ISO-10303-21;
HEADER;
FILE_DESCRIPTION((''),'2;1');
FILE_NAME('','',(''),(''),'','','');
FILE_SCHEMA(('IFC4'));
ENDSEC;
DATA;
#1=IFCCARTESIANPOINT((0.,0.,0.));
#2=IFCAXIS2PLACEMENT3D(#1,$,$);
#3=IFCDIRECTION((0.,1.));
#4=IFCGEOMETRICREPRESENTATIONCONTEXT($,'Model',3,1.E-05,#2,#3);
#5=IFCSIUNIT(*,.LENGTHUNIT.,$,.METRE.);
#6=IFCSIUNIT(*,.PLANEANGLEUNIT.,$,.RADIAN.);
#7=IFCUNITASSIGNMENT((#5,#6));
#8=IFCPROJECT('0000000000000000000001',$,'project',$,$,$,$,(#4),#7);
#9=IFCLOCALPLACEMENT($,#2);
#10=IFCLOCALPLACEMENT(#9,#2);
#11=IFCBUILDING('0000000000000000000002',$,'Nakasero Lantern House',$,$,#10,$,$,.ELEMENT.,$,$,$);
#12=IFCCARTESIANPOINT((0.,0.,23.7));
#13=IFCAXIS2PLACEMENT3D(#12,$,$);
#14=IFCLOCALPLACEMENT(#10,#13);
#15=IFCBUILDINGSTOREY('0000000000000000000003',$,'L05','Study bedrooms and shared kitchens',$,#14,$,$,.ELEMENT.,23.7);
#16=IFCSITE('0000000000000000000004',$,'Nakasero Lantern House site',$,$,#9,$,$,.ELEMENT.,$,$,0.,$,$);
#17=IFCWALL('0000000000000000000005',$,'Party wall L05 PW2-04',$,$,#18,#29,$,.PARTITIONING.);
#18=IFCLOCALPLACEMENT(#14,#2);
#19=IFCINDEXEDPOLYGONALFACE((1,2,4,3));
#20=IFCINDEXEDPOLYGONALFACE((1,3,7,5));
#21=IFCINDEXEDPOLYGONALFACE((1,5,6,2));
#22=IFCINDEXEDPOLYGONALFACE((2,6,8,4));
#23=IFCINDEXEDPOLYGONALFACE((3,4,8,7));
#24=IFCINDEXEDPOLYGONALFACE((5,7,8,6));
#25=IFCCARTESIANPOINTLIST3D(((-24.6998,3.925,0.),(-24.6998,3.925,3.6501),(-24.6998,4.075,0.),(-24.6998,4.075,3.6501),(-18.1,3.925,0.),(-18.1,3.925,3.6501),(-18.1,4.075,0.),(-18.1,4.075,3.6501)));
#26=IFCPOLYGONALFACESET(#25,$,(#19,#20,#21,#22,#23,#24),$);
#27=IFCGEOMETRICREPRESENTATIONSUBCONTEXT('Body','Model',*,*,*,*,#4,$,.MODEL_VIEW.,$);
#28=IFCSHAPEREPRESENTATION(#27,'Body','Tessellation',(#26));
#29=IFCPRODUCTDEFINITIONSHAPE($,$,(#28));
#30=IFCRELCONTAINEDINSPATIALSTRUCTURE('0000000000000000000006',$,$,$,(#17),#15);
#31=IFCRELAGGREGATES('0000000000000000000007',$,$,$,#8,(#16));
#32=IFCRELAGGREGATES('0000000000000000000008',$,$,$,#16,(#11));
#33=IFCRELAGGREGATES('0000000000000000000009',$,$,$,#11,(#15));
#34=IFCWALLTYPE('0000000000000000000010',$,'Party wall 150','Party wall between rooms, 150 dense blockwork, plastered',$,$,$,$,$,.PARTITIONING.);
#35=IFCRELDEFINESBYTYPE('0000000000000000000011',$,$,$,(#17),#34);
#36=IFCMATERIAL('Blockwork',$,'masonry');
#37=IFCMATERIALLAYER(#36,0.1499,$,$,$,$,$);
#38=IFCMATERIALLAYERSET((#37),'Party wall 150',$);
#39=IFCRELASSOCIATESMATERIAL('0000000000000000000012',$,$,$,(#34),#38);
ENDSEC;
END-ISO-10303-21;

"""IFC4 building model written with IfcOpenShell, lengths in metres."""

from ifc_helpers import new_model, si_unit, direction, frame, frame_2d, origin, place, context, subcontext, project, spatial, rectangle, extrude, material, layer, layer_set, type_object, element, save


model = new_model("IFC4")

# Units and contexts
model_context = context("Model", 3, precision=1e-05, world=origin(), true_north=direction((0.0, 1.0)))
body_context = subcontext(model_context, "Body", "Model", "MODEL_VIEW")
ifc_project = project(units=[si_unit("LENGTHUNIT", "METRE"), si_unit("PLANEANGLEUNIT", "RADIAN")], contexts=[model_context])

# Site, building, storey
site_placement = place(None, origin())
site = spatial("IfcSite", under=ifc_project, at=site_placement, Name="Nakasero Lantern House site", CompositionType="ELEMENT", RefElevation=0.0)
building_placement = place(site_placement, origin())
building = spatial("IfcBuilding", under=site, at=building_placement, Name="Nakasero Lantern House", CompositionType="ELEMENT")
storey_placement = place(building_placement, frame((0.0, 0.0, 23.7)))
storey = spatial("IfcBuildingStorey", under=building, at=storey_placement, Name="L05", Description="Study bedrooms and shared kitchens", CompositionType="ELEMENT", Elevation=23.7)

# Wall
ifc_material_1 = material(Name="Blockwork", Category="masonry")
ifc_layer_1 = layer(ifc_material_1, 0.1499)
ifc_layer_set_1 = layer_set([ifc_layer_1], Name="Party wall 150")
wall_type_1 = type_object("IfcWallType", Name="Party wall 150", Description="Party wall between rooms, 150 dense blockwork, plastered", PredefinedType="PARTITIONING", material=ifc_layer_set_1)
wall_1_placement = place(storey_placement, frame((-18.1001, 4.0, 0.0), z_axis=(0.0, 0.0, 1.0), x_axis=(-1.0, 0.0, 0.0)))
element("IfcWall", 1, at=wall_1_placement, inside=storey, type_object=wall_type_1, Name="Party wall L05 PW2-04", PredefinedType="PARTITIONING", context=body_context, shape_type="SweptSolid", body=[
    extrude(rectangle(XDim=6.5999, YDim=0.1499, at=frame_2d((3.2998, 0.0))), origin(), (0.0, 0.0, 1.0), 3.6501),
])

save(model, "model.ifc")
